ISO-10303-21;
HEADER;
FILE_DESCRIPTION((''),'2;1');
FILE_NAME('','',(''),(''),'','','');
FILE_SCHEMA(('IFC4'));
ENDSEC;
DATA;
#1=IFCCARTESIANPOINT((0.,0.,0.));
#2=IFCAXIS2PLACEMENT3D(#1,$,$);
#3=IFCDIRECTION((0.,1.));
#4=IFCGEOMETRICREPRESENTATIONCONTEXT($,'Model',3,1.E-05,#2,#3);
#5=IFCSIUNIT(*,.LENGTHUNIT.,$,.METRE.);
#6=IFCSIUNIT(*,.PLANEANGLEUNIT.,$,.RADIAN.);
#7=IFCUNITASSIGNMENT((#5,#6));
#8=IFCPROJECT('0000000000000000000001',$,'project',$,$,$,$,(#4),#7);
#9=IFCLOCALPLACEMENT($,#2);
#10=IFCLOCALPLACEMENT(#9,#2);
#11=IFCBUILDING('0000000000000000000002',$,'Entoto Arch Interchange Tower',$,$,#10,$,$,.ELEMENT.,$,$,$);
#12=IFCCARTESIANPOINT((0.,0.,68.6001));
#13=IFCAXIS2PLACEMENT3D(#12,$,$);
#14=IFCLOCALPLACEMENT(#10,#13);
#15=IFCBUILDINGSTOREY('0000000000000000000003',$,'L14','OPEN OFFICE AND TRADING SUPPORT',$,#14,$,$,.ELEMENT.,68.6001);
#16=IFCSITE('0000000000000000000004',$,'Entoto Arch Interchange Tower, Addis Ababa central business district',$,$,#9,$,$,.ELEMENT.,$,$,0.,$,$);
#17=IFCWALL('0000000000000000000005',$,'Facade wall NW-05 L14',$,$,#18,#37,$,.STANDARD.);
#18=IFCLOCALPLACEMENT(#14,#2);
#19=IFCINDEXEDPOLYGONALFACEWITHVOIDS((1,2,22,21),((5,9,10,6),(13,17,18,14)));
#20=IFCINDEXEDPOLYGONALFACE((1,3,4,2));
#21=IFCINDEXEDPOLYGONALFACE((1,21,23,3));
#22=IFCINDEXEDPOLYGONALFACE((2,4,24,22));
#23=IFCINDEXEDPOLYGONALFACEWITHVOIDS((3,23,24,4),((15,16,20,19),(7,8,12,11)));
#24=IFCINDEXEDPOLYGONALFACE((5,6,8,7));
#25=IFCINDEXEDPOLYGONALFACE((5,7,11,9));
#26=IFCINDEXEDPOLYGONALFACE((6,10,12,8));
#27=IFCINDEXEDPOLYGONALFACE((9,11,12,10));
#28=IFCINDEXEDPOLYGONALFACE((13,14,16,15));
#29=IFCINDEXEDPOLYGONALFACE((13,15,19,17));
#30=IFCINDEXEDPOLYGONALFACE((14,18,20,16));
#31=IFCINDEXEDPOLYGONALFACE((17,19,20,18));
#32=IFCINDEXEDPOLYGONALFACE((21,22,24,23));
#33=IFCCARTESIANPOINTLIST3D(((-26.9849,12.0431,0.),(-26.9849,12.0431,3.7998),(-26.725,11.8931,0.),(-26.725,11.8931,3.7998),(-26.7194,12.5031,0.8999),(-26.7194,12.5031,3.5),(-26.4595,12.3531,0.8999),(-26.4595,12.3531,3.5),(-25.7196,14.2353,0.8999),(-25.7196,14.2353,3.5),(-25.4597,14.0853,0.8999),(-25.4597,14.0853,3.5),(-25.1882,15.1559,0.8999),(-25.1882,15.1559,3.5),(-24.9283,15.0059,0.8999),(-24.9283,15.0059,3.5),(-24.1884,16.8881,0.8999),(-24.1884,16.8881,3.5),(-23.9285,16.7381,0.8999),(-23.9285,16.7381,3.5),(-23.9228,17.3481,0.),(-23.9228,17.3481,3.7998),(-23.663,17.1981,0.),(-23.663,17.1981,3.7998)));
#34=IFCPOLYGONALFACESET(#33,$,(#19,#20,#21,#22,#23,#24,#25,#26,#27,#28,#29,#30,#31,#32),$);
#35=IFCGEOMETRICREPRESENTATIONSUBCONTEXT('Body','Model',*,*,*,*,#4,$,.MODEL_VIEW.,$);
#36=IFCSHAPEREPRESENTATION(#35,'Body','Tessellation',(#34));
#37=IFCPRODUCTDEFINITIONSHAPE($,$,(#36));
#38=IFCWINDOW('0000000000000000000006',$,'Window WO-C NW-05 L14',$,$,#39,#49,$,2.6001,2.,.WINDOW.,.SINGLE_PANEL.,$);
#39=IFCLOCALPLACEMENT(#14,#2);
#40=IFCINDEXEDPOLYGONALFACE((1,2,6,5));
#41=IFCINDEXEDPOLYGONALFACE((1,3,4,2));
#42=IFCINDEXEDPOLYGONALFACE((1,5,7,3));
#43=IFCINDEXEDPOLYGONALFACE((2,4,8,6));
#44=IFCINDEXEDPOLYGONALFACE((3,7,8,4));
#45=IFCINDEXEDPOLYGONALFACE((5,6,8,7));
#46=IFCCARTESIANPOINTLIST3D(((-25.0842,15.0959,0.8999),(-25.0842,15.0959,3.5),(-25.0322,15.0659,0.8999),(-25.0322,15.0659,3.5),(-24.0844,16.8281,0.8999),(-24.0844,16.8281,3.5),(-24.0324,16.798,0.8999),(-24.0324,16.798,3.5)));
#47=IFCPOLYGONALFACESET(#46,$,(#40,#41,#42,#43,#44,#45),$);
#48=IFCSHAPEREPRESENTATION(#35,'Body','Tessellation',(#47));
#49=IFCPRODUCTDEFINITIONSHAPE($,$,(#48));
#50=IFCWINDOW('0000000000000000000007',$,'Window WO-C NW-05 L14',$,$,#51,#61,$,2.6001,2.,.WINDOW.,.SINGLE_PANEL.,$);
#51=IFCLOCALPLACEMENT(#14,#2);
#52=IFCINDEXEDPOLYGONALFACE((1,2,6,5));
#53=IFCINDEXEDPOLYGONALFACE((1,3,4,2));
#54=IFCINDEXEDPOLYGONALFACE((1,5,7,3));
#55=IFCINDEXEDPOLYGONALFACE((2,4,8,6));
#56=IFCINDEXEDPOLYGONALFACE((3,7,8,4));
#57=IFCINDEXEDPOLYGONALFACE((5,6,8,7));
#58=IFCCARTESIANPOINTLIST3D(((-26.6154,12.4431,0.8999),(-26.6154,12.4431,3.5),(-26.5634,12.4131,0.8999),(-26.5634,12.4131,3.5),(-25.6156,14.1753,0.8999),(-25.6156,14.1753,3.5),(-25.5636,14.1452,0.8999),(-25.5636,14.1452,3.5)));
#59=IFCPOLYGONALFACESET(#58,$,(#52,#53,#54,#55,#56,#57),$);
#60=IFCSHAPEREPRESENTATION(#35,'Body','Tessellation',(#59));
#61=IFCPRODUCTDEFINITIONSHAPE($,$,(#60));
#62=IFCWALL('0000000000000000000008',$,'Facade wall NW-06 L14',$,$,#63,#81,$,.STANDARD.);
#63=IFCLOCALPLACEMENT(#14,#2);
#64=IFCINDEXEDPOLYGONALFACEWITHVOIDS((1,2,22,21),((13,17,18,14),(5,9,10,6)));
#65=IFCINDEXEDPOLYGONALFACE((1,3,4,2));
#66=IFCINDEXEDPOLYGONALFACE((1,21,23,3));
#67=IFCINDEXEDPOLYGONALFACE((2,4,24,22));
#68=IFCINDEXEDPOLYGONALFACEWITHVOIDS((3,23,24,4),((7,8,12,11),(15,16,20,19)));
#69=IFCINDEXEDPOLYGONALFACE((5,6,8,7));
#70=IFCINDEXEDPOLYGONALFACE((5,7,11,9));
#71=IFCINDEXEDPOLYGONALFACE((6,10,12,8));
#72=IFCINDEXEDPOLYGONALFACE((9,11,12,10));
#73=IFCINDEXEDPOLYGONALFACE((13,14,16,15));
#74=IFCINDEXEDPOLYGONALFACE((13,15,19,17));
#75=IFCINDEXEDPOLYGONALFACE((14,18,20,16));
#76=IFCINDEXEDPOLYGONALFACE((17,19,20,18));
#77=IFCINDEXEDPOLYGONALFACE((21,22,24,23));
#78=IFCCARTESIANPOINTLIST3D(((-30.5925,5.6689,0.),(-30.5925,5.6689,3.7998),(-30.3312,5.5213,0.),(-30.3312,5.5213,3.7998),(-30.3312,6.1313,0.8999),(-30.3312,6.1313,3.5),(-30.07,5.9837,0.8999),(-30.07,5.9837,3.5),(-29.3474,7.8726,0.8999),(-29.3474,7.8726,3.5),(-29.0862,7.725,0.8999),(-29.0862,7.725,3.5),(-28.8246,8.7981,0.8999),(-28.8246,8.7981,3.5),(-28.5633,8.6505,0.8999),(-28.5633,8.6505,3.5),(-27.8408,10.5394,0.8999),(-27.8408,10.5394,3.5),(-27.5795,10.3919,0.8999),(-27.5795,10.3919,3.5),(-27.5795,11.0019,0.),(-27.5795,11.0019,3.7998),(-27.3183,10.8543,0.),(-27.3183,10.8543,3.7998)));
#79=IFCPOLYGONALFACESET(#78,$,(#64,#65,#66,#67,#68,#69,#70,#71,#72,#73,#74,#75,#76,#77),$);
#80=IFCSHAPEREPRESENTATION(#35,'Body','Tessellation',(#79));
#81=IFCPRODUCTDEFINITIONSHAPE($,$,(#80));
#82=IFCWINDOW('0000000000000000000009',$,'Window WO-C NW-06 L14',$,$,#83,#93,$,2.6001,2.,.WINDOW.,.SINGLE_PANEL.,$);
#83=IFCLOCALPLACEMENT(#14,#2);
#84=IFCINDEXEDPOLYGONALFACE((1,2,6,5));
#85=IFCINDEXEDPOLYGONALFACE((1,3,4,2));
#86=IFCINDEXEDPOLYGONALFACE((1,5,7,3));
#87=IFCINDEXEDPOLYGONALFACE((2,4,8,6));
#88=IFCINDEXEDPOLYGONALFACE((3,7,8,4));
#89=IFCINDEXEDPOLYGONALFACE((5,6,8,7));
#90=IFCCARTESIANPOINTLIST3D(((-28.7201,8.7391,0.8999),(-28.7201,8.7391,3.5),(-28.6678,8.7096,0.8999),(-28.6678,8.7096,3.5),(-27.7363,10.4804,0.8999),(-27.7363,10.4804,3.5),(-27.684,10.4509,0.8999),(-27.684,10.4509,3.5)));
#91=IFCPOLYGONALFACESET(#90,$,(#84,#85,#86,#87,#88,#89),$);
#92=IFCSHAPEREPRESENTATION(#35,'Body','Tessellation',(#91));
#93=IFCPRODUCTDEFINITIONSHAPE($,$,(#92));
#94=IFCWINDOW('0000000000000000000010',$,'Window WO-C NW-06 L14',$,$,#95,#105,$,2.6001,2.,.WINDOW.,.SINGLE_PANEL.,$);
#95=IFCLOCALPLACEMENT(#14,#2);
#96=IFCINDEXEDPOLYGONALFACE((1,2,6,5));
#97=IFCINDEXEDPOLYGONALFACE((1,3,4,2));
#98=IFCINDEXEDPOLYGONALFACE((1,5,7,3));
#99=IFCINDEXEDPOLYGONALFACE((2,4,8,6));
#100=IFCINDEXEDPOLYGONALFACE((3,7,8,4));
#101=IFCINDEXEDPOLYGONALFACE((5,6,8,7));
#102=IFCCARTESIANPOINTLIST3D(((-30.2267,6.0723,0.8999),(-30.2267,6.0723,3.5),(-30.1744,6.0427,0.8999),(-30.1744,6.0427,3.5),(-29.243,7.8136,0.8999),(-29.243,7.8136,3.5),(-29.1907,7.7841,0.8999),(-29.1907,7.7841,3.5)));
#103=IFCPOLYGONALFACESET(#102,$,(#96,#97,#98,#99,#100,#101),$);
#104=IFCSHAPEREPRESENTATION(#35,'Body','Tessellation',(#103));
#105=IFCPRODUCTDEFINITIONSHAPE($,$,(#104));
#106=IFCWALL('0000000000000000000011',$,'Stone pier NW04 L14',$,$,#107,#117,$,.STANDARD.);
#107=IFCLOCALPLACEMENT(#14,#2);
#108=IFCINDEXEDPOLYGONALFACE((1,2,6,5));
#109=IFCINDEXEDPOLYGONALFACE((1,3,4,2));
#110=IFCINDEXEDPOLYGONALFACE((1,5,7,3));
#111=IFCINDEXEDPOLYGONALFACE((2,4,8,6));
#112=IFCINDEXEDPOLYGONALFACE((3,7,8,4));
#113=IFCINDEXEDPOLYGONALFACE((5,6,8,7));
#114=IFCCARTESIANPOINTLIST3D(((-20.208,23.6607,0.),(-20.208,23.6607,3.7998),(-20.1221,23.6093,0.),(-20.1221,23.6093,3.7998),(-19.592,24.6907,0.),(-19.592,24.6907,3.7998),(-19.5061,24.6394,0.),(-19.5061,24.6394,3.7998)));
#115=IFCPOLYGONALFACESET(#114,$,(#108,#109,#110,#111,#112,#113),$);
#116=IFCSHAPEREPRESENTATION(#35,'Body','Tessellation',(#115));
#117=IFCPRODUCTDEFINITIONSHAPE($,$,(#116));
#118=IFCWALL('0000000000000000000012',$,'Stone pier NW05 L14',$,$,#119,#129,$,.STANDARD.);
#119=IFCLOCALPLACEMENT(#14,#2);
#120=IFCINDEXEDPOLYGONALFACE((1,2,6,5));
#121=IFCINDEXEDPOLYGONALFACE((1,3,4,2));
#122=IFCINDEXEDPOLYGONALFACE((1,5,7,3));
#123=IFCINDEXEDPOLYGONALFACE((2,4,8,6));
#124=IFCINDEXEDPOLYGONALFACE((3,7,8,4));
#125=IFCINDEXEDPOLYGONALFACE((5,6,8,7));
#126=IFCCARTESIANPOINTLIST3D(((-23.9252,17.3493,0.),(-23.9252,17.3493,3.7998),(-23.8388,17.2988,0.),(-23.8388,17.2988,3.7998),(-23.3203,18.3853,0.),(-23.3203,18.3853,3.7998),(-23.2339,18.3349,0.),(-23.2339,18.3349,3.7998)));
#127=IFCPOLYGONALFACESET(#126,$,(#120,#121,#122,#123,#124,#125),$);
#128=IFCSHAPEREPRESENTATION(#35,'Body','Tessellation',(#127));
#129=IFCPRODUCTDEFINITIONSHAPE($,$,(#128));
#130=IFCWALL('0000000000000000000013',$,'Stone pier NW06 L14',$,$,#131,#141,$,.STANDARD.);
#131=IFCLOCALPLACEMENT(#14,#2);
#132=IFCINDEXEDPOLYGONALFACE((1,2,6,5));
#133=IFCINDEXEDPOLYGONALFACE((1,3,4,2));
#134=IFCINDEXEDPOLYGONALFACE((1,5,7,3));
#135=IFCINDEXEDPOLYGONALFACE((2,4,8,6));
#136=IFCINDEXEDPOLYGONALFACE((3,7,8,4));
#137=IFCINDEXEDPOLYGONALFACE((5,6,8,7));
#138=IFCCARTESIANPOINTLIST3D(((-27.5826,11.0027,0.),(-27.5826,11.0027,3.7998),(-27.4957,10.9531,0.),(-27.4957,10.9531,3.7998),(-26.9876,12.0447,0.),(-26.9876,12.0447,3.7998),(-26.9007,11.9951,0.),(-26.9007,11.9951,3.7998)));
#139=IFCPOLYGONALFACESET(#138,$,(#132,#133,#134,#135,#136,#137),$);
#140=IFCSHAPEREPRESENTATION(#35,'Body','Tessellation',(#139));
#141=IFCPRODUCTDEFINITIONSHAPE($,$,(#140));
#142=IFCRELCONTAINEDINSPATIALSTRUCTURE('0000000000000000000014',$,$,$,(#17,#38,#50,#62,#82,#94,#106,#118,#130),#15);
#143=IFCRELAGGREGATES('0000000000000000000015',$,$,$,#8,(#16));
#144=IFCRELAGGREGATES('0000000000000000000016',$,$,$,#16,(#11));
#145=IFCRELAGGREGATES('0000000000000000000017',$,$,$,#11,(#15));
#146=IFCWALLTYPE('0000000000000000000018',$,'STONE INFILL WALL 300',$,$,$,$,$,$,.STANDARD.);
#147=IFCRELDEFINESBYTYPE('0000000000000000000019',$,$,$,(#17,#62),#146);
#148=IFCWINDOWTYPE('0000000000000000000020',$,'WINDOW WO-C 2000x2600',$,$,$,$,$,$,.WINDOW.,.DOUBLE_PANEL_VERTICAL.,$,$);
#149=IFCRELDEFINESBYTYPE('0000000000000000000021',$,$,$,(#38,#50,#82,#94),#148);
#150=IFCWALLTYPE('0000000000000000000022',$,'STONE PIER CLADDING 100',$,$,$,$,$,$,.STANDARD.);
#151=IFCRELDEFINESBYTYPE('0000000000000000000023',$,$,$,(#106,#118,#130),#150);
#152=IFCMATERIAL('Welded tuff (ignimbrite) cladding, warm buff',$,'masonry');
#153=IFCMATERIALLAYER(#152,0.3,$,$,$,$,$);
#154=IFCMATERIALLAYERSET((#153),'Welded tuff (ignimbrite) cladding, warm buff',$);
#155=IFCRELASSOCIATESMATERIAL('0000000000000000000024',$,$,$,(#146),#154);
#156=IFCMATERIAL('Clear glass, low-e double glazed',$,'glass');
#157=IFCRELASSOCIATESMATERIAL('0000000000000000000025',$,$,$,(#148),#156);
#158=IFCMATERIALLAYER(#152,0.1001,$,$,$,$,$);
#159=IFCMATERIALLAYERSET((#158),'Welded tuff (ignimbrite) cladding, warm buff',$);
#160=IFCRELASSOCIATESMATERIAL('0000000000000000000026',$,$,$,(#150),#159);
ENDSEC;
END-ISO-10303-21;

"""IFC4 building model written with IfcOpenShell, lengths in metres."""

from ifc_helpers import new_model, si_unit, direction, frame, frame_2d, origin, place, context, subcontext, project, spatial, rectangle, extrude, material, layer, layer_set, type_object, element, fill, save


model = new_model("IFC4")

# Units and contexts
model_context = context("Model", 3, precision=1e-05, world=origin(), true_north=direction((0.0, 1.0)))
body_context = subcontext(model_context, "Body", "Model", "MODEL_VIEW")
ifc_project = project(units=[si_unit("LENGTHUNIT", "METRE"), si_unit("PLANEANGLEUNIT", "RADIAN")], contexts=[model_context])

# Site, building, storey
site_placement = place(None, origin())
site = spatial("IfcSite", under=ifc_project, at=site_placement, Name="Entoto Arch Interchange Tower, Addis Ababa central business district", CompositionType="ELEMENT", RefElevation=0.0)
building_placement = place(site_placement, origin())
building = spatial("IfcBuilding", under=site, at=building_placement, Name="Entoto Arch Interchange Tower", CompositionType="ELEMENT")
storey_placement = place(building_placement, frame((0.0, 0.0, 68.6001)))
storey = spatial("IfcBuildingStorey", under=building, at=storey_placement, Name="L14", Description="OPEN OFFICE AND TRADING SUPPORT", CompositionType="ELEMENT", Elevation=68.6001)

# Walls, openings, windows
ifc_material_1 = material(Name="Welded tuff (ignimbrite) cladding, warm buff", Category="masonry")
ifc_layer_1 = layer(ifc_material_1, 0.3)
ifc_layer_set_1 = layer_set([ifc_layer_1], Name="Welded tuff (ignimbrite) cladding, warm buff")
wall_type_1 = type_object("IfcWallType", Name="STONE INFILL WALL 300", PredefinedType="STANDARD", material=ifc_layer_set_1)
ifc_material_2 = material(Name="Clear glass, low-e double glazed", Category="glass")
window_type = type_object("IfcWindowType", Name="WINDOW WO-C 2000x2600", PartitioningType="DOUBLE_PANEL_VERTICAL", PredefinedType="WINDOW", material=ifc_material_2)
wall_1_placement = place(storey_placement, frame((-23.793, 17.2729, 0.0), z_axis=(0.0, 0.0, 1.0), x_axis=(-0.499903, -0.866081, 0.0)))
wall_1 = element("IfcWall", 1, at=wall_1_placement, inside=storey, type_object=wall_type_1, Name="Facade wall NW-05 L14", PredefinedType="STANDARD", context=body_context, shape_type="SweptSolid", body=[
    extrude(rectangle(XDim=6.1252, YDim=0.3, at=frame_2d((3.0625, 0.0))), origin(), (0.0, 0.0, 1.0), 3.7998),
])
opening_1_placement = place(wall_1_placement, frame((0.531, 0.0, 0.8999)))
opening_1 = element("IfcOpeningElement", 2, at=opening_1_placement, cuts=wall_1, PredefinedType="OPENING", context=body_context, shape_type="SweptSolid", body=[
    extrude(rectangle(XDim=2.0, YDim=2.6001, at=frame_2d((1.0, 1.3))), frame((0.0, 0.1602, 0.0), z_axis=(0.0, -1.0, 0.0), x_axis=(1.0, 0.0, 0.0)), (0.0, 0.0, 1.0), 0.3201),
])
opening_2_placement = place(wall_1_placement, frame((3.594, 0.0, 0.8999)))
opening_2 = element("IfcOpeningElement", 3, at=opening_2_placement, cuts=wall_1, PredefinedType="OPENING", context=body_context, shape_type="SweptSolid", body=[
    extrude(rectangle(XDim=2.0, YDim=2.6001, at=frame_2d((1.0, 1.3))), frame((0.0, 0.1602, 0.0), z_axis=(0.0, -1.0, 0.0), x_axis=(1.0, 0.0, 0.0)), (0.0, 0.0, 1.0), 0.3201),
])
window_1_placement = place(opening_1_placement, origin())
window_1 = element("IfcWindow", 4, at=window_1_placement, inside=storey, type_object=window_type, Name="Window WO-C NW-05 L14", OverallHeight=2.6001, OverallWidth=2.0, PartitioningType="SINGLE_PANEL", PredefinedType="WINDOW", context=body_context, shape_type="SweptSolid", body=[
    extrude(rectangle(XDim=2.0, YDim=2.6001, at=frame_2d((1.0, 1.3))), frame((0.0, 0.03, 0.0), z_axis=(0.0, -1.0, 0.0), x_axis=(1.0, 0.0, 0.0)), (0.0, 0.0, 1.0), 0.0601),
])
fill(opening_1, window_1)
window_2_placement = place(opening_2_placement, origin())
window_2 = element("IfcWindow", 5, at=window_2_placement, inside=storey, type_object=window_type, Name="Window WO-C NW-05 L14", OverallHeight=2.6001, OverallWidth=2.0, PartitioningType="SINGLE_PANEL", PredefinedType="WINDOW", context=body_context, shape_type="SweptSolid", body=[
    extrude(rectangle(XDim=2.0, YDim=2.6001, at=frame_2d((1.0, 1.3))), frame((0.0, 0.03, 0.0), z_axis=(0.0, -1.0, 0.0), x_axis=(1.0, 0.0, 0.0)), (0.0, 0.0, 1.0), 0.0601),
])
fill(opening_2, window_2)
wall_2_placement = place(storey_placement, frame((-27.449, 10.928, 0.0), z_axis=(0.0, 0.0, 1.0), x_axis=(-0.491888, -0.870659, 0.0)))
wall_2 = element("IfcWall", 6, at=wall_2_placement, inside=storey, type_object=wall_type_1, Name="Facade wall NW-06 L14", PredefinedType="STANDARD", context=body_context, shape_type="SweptSolid", body=[
    extrude(rectangle(XDim=6.1252, YDim=0.3, at=frame_2d((3.0625, 0.0))), origin(), (0.0, 0.0, 1.0), 3.7998),
])
opening_3_placement = place(wall_2_placement, frame((0.531, 0.0, 0.8999)))
opening_3 = element("IfcOpeningElement", 7, at=opening_3_placement, cuts=wall_2, PredefinedType="OPENING", context=body_context, shape_type="SweptSolid", body=[
    extrude(rectangle(XDim=2.0, YDim=2.6001, at=frame_2d((1.0, 1.3))), frame((0.0, 0.1602, 0.0), z_axis=(0.0, -1.0, 0.0), x_axis=(1.0, 0.0, 0.0)), (0.0, 0.0, 1.0), 0.3201),
])
opening_4_placement = place(wall_2_placement, frame((3.594, 0.0, 0.8999)))
opening_4 = element("IfcOpeningElement", 8, at=opening_4_placement, cuts=wall_2, PredefinedType="OPENING", context=body_context, shape_type="SweptSolid", body=[
    extrude(rectangle(XDim=2.0, YDim=2.6001, at=frame_2d((1.0, 1.3))), frame((0.0, 0.1602, 0.0), z_axis=(0.0, -1.0, 0.0), x_axis=(1.0, 0.0, 0.0)), (0.0, 0.0, 1.0), 0.3201),
])
window_3_placement = place(opening_3_placement, origin())
window_3 = element("IfcWindow", 9, at=window_3_placement, inside=storey, type_object=window_type, Name="Window WO-C NW-06 L14", OverallHeight=2.6001, OverallWidth=2.0, PartitioningType="SINGLE_PANEL", PredefinedType="WINDOW", context=body_context, shape_type="SweptSolid", body=[
    extrude(rectangle(XDim=2.0, YDim=2.6001, at=frame_2d((1.0, 1.3))), frame((0.0, 0.03, 0.0), z_axis=(0.0, -1.0, 0.0), x_axis=(1.0, 0.0, 0.0)), (0.0, 0.0, 1.0), 0.0601),
])
fill(opening_3, window_3)
window_4_placement = place(opening_4_placement, origin())
window_4 = element("IfcWindow", 10, at=window_4_placement, inside=storey, type_object=window_type, Name="Window WO-C NW-06 L14", OverallHeight=2.6001, OverallWidth=2.0, PartitioningType="SINGLE_PANEL", PredefinedType="WINDOW", context=body_context, shape_type="SweptSolid", body=[
    extrude(rectangle(XDim=2.0, YDim=2.6001, at=frame_2d((1.0, 1.3))), frame((0.0, 0.03, 0.0), z_axis=(0.0, -1.0, 0.0), x_axis=(1.0, 0.0, 0.0)), (0.0, 0.0, 1.0), 0.0601),
])
fill(opening_4, window_4)

# Walls
ifc_layer_2 = layer(ifc_material_1, 0.1001)
ifc_layer_set_2 = layer_set([ifc_layer_2], Name="Welded tuff (ignimbrite) cladding, warm buff")
wall_type_2 = type_object("IfcWallType", Name="STONE PIER CLADDING 100", PredefinedType="STANDARD", material=ifc_layer_set_2)
wall_3_placement = place(storey_placement, frame((-19.5491, 24.665, 0.0), z_axis=(0.0, 0.0, 1.0), x_axis=(-0.513239, -0.858246, 0.0)))
element("IfcWall", 11, at=wall_3_placement, inside=storey, type_object=wall_type_2, Name="Stone pier NW04 L14", PredefinedType="STANDARD", context=body_context, shape_type="SweptSolid", body=[
    extrude(rectangle(XDim=1.2002, YDim=0.1001, at=frame_2d((0.6001, 0.0))), origin(), (0.0, 0.0, 1.0), 3.7998),
])
wall_4_placement = place(storey_placement, frame((-23.2771, 18.3601, 0.0), z_axis=(0.0, 0.0, 1.0), x_axis=(-0.504225, -0.863572, 0.0)))
element("IfcWall", 12, at=wall_4_placement, inside=storey, type_object=wall_type_2, Name="Stone pier NW05 L14", PredefinedType="STANDARD", context=body_context, shape_type="SweptSolid", body=[
    extrude(rectangle(XDim=1.1997, YDim=0.1001, at=frame_2d((0.5999, 0.0))), origin(), (0.0, 0.0, 1.0), 3.7998),
])
wall_5_placement = place(storey_placement, frame((-26.9441, 12.02, 0.0), z_axis=(0.0, 0.0, 1.0), x_axis=(-0.495854, -0.868406, 0.0)))
element("IfcWall", 13, at=wall_5_placement, inside=storey, type_object=wall_type_2, Name="Stone pier NW06 L14", PredefinedType="STANDARD", context=body_context, shape_type="SweptSolid", body=[
    extrude(rectangle(XDim=1.2, YDim=0.1001, at=frame_2d((0.6001, 0.0))), origin(), (0.0, 0.0, 1.0), 3.7998),
])

save(model, "model.ifc")
